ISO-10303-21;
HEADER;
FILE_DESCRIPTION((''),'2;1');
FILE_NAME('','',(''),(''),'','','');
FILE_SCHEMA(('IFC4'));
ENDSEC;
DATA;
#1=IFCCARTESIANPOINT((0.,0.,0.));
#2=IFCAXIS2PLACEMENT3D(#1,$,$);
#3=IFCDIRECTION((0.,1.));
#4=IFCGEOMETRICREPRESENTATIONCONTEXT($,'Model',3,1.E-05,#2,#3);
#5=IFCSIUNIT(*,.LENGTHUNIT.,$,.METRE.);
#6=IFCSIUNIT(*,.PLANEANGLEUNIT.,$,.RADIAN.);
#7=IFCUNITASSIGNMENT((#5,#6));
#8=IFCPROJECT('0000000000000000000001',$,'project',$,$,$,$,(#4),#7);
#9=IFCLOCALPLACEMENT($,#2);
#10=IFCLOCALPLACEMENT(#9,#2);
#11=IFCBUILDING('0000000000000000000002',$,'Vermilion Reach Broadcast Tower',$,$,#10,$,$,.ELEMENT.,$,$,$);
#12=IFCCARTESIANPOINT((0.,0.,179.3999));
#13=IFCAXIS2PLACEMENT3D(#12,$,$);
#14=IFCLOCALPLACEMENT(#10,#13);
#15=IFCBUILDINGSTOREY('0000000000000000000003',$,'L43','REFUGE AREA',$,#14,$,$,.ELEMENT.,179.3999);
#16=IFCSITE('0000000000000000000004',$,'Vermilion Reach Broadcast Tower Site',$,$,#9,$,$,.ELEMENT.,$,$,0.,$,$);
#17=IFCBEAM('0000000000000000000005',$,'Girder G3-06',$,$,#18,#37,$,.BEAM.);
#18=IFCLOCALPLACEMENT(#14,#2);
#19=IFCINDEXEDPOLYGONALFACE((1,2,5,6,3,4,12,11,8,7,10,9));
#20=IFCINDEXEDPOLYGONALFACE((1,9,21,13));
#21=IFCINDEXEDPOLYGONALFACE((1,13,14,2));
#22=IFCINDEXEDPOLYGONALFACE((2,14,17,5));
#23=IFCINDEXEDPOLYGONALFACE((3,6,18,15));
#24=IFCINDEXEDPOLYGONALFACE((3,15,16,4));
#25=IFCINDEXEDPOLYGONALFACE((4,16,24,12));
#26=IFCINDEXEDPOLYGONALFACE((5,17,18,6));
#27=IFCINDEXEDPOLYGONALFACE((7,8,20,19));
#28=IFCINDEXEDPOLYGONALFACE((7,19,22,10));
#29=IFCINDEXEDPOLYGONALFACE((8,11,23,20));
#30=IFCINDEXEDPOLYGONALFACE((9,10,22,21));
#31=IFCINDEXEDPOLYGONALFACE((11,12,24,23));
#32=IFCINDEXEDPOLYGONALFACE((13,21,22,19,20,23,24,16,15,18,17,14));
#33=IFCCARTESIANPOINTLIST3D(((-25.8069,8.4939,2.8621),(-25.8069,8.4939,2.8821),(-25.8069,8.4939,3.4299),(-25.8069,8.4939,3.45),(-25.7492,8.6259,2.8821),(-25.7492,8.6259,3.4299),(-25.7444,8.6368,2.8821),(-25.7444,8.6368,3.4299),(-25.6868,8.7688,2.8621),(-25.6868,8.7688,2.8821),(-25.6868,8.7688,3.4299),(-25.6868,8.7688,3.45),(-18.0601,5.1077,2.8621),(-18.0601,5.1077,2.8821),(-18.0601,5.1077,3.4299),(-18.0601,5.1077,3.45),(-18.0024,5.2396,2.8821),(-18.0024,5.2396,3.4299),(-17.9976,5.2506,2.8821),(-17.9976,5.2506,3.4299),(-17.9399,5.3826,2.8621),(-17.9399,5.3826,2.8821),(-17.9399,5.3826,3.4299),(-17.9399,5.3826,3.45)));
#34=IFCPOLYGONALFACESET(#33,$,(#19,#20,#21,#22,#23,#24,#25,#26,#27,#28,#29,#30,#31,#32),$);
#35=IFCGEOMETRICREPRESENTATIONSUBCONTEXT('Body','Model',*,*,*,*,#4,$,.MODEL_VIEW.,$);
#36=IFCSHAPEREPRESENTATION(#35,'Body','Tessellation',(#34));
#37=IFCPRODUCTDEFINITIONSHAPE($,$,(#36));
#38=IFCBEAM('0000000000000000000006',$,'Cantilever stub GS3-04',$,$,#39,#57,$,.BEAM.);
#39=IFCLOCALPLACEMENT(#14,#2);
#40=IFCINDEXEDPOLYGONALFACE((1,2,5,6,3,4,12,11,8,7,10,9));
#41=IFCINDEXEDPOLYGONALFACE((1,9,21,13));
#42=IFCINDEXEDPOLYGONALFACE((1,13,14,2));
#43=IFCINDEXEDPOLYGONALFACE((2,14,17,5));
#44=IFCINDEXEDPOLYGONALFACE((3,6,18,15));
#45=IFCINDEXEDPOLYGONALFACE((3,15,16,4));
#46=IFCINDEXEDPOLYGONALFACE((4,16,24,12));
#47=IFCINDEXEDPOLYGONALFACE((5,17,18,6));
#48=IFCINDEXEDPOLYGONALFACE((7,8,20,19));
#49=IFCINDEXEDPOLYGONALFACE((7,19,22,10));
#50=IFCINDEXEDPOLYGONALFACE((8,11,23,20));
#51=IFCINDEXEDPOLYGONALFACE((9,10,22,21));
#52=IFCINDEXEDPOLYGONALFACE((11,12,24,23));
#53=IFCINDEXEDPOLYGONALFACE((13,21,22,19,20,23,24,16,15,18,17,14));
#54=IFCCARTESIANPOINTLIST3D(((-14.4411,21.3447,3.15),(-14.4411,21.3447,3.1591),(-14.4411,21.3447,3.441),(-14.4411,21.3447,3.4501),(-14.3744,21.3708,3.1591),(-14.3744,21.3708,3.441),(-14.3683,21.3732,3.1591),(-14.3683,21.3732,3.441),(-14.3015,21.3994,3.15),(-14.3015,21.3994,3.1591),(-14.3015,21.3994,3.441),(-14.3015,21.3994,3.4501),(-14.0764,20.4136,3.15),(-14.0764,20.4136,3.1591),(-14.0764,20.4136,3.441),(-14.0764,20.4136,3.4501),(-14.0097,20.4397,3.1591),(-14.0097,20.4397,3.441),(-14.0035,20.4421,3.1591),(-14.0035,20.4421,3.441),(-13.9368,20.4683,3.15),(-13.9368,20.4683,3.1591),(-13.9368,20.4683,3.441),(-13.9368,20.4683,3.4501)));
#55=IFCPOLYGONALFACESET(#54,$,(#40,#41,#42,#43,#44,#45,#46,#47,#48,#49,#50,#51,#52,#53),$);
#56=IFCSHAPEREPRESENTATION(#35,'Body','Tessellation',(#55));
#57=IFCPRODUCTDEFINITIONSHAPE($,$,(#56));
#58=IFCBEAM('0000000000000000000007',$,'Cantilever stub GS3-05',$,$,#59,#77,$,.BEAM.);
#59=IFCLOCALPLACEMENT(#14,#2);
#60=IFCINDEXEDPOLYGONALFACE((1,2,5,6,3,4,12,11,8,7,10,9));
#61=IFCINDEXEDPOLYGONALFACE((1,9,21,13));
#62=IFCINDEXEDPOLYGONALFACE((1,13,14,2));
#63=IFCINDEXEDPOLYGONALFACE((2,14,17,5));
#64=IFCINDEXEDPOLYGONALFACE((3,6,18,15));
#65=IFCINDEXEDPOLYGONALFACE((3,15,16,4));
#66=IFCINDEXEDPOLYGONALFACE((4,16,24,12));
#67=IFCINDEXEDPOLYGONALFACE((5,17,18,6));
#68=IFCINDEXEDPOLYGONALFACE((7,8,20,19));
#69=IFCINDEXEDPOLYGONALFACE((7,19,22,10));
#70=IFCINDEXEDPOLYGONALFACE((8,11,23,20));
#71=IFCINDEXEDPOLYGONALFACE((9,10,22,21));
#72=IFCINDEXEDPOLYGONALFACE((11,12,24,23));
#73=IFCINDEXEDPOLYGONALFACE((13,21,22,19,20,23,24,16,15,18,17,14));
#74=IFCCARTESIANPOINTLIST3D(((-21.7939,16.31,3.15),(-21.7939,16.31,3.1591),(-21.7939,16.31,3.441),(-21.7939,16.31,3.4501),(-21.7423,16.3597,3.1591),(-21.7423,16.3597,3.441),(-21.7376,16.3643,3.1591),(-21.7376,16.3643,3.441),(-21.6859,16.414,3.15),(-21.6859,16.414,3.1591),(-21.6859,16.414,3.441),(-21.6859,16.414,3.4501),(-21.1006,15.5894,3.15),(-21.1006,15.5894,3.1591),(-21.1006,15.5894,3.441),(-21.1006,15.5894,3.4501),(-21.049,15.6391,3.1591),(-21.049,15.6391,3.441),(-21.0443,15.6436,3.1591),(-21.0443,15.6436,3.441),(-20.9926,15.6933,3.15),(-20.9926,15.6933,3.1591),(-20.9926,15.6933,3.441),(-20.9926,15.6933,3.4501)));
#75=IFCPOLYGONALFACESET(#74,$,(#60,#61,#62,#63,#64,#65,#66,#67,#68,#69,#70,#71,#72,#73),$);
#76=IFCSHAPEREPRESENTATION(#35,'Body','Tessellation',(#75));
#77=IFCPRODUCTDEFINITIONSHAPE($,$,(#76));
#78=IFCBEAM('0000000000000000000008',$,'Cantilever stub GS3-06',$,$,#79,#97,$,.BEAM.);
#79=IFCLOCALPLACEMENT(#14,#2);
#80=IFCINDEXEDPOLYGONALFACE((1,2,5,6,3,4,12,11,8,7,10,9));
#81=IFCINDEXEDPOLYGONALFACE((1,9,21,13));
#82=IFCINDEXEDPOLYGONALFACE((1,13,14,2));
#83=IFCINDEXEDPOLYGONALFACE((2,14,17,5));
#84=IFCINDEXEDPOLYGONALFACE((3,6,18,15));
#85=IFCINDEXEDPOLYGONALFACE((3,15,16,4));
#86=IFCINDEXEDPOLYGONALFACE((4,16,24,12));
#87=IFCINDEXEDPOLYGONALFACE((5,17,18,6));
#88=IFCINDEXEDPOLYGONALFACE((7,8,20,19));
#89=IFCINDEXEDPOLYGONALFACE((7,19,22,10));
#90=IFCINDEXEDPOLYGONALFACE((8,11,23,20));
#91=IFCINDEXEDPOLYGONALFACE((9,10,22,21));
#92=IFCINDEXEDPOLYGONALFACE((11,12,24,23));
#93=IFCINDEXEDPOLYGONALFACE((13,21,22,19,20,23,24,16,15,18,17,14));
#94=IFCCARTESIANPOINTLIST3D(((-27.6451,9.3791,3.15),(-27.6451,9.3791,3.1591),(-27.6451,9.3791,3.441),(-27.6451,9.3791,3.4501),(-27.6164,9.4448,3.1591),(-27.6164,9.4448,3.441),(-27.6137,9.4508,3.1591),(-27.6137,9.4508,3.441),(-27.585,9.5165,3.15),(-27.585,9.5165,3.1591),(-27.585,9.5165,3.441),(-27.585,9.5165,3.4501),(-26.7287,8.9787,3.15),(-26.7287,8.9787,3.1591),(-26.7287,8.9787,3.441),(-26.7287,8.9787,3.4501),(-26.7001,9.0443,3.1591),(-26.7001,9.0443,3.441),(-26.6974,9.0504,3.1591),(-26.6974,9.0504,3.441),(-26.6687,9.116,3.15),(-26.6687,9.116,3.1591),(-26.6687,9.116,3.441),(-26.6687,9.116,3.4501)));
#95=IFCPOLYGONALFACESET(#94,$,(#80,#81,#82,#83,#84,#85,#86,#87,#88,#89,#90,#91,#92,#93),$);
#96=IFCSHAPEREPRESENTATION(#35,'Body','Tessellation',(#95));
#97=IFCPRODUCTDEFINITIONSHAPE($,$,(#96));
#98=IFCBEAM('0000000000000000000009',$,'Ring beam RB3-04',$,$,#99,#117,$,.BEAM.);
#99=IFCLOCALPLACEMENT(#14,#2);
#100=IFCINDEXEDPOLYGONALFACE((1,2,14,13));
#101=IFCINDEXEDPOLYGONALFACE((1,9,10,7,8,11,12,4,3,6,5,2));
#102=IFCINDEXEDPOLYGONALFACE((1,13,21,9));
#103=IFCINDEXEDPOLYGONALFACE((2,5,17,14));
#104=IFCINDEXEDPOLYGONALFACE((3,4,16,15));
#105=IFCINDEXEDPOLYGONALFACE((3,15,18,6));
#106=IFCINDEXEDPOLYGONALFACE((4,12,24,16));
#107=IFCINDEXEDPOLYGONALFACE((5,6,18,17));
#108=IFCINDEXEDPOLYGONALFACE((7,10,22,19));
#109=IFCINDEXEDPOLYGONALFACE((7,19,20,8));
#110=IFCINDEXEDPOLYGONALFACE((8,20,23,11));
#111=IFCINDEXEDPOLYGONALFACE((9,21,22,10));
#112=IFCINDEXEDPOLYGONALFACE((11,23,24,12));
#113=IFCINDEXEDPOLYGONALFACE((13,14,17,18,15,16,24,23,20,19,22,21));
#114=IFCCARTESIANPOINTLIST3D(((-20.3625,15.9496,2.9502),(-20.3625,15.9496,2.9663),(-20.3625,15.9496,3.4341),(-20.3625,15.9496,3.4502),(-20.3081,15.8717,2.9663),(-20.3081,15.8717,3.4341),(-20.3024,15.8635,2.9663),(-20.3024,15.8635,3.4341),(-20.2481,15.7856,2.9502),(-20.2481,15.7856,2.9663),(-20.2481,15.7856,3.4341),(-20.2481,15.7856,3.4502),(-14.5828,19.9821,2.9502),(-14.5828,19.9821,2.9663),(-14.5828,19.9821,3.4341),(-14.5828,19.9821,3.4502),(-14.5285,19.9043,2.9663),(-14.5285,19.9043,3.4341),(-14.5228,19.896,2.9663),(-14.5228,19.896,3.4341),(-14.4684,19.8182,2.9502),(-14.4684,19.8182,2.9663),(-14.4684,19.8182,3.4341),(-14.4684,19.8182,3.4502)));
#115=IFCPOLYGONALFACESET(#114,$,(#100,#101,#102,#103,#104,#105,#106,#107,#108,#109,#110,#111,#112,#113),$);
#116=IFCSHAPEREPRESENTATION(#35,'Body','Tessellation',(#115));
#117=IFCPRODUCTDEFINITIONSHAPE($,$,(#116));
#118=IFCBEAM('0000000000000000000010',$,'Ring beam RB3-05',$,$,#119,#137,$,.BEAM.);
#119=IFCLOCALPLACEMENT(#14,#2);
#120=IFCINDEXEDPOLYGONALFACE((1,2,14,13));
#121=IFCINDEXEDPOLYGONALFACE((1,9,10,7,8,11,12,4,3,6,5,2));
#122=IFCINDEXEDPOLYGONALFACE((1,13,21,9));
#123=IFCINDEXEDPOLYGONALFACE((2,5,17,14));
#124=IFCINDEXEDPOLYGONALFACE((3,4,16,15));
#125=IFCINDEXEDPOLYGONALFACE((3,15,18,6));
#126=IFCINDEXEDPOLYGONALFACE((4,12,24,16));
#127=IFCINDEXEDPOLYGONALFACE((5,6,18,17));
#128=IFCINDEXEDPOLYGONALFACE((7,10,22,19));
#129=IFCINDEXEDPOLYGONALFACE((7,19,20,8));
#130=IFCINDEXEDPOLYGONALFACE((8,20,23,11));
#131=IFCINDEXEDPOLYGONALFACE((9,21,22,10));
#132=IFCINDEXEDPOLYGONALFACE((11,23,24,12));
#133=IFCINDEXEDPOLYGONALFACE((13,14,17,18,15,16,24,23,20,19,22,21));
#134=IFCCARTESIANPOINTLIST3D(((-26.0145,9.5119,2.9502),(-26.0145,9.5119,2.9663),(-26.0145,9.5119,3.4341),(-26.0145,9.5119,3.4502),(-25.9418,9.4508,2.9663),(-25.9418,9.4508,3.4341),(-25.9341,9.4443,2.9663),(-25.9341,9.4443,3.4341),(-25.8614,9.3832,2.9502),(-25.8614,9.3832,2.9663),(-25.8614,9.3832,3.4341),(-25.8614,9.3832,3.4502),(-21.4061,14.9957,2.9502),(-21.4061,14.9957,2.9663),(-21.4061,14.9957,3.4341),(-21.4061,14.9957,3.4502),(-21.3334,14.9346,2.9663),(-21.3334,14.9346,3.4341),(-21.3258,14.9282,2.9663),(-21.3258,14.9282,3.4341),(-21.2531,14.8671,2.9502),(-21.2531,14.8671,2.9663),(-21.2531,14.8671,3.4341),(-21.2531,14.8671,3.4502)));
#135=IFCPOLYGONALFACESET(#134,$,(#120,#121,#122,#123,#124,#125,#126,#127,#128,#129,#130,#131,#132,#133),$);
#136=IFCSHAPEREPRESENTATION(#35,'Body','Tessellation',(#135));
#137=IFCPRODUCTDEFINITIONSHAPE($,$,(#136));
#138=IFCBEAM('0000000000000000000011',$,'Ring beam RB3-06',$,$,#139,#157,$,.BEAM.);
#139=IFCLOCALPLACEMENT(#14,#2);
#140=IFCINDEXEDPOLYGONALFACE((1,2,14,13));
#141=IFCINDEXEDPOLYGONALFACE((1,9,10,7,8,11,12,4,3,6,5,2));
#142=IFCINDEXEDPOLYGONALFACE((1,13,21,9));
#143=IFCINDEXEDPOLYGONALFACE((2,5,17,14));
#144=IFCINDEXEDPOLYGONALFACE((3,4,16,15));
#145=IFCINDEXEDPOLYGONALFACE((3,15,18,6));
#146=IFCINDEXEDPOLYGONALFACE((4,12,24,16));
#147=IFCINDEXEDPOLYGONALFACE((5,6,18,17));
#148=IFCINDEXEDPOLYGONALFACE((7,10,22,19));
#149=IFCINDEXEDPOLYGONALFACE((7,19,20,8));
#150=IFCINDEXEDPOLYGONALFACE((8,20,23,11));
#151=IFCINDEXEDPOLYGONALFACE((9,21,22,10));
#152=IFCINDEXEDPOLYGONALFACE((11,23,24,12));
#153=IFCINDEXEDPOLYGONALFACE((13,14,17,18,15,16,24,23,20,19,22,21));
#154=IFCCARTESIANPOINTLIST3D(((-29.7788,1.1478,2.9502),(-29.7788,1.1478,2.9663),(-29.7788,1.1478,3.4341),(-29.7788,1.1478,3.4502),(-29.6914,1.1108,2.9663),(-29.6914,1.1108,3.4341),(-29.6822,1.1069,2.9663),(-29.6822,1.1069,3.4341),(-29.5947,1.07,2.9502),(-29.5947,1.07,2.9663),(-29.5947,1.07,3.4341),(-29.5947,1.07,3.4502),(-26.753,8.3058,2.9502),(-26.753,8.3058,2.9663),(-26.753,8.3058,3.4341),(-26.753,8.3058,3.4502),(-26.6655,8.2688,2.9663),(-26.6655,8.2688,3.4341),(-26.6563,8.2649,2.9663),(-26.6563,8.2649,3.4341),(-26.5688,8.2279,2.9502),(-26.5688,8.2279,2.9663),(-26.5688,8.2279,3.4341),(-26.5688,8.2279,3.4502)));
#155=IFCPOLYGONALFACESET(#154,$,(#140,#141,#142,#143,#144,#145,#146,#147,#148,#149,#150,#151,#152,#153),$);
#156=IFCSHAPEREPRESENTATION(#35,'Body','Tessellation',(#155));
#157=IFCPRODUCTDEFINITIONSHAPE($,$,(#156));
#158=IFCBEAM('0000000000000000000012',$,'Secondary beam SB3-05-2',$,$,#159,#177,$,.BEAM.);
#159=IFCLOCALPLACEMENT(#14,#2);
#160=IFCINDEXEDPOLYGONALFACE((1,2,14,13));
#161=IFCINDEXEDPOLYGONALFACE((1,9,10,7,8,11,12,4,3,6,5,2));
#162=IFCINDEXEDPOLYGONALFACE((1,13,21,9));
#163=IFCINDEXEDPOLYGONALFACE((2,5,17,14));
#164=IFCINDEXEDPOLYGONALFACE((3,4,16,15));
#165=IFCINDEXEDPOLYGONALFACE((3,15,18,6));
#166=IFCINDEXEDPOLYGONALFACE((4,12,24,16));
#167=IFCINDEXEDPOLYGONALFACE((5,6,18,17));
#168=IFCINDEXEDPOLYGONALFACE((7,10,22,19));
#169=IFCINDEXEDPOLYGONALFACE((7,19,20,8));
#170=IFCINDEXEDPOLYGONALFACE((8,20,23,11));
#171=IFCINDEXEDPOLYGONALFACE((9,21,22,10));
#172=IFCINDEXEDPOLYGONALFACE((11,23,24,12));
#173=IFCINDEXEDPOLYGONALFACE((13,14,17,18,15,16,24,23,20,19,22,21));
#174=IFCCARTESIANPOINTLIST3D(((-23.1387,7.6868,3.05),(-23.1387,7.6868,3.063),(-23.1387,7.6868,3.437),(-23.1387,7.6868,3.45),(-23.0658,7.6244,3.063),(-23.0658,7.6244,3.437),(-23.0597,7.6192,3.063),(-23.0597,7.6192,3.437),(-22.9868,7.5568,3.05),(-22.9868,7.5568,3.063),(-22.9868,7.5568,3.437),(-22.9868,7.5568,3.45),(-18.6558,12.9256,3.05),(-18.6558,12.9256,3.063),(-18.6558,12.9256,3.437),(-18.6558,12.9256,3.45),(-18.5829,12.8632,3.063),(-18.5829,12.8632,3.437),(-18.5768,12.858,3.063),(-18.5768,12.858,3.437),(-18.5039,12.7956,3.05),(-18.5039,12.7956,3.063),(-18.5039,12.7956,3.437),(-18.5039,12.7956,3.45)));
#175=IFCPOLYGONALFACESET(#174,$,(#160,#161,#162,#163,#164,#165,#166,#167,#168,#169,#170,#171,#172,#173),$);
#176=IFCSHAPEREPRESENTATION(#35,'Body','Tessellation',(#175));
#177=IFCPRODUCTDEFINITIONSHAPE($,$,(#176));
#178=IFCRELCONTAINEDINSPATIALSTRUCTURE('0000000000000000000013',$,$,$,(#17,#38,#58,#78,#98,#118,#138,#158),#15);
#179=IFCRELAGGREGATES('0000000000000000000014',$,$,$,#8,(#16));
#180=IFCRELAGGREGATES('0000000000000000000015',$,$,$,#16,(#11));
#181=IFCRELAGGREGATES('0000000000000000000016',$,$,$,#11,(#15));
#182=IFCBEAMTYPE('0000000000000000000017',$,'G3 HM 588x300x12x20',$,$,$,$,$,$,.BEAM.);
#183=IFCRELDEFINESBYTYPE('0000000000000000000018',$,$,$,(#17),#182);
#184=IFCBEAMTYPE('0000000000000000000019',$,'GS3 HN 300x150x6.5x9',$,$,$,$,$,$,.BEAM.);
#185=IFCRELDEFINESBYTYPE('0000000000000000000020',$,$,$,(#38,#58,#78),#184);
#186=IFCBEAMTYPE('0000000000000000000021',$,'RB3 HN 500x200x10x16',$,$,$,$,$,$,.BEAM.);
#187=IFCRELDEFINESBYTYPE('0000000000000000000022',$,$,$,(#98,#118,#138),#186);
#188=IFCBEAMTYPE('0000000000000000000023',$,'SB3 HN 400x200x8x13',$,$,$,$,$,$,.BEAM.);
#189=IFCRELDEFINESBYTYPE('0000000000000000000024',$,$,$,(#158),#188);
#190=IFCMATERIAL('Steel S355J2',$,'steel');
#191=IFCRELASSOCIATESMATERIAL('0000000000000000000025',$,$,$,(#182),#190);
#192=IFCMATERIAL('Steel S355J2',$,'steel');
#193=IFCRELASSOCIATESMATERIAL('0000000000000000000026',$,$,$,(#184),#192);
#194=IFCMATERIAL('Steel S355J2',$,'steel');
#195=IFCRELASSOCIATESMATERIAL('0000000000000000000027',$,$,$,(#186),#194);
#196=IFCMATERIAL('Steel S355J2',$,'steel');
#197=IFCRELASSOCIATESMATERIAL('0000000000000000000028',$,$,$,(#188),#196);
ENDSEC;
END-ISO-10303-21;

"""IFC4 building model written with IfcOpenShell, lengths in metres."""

from ifc_helpers import new_model, si_unit, direction, frame, origin, origin_2d, place, context, subcontext, project, spatial, i_section, extrude, material, material_profile, profile_set, type_object, element, save


model = new_model("IFC4")

# Units and contexts
model_context = context("Model", 3, precision=1e-05, world=origin(), true_north=direction((0.0, 1.0)))
body_context = subcontext(model_context, "Body", "Model", "MODEL_VIEW")
ifc_project = project(units=[si_unit("LENGTHUNIT", "METRE"), si_unit("PLANEANGLEUNIT", "RADIAN")], contexts=[model_context])

# Site, building, storey
site_placement = place(None, origin())
site = spatial("IfcSite", under=ifc_project, at=site_placement, Name="Vermilion Reach Broadcast Tower Site", CompositionType="ELEMENT", RefElevation=0.0)
building_placement = place(site_placement, origin())
building = spatial("IfcBuilding", under=site, at=building_placement, Name="Vermilion Reach Broadcast Tower", CompositionType="ELEMENT")
storey_placement = place(building_placement, frame((0.0, 0.0, 179.3999)))
storey = spatial("IfcBuildingStorey", under=building, at=storey_placement, Name="L43", Description="REFUGE AREA", CompositionType="ELEMENT", Elevation=179.3999)

# Beams
ifc_material_1 = material(Name="Steel S355J2", Category="steel")
ifc_material_profile_1 = material_profile(ifc_material_1, i_section(OverallWidth=0.3, OverallDepth=0.5879, WebThickness=0.012, FlangeThickness=0.02, at=origin_2d()), Name="S355J2 HM 588x300x12x20")
ifc_profile_set_1 = profile_set([ifc_material_profile_1], Name="Steel S355J2")
beam_type_1 = type_object("IfcBeamType", Name="G3 HM 588x300x12x20", PredefinedType="BEAM", material=ifc_profile_set_1)
beam_1_placement = place(storey_placement, frame((-18.0, 5.2451, 3.156), z_axis=(-0.916288, 0.40052, 0.0), x_axis=(-0.40052, -0.916288, 0.0)))
element("IfcBeam", 1, at=beam_1_placement, inside=storey, type_object=beam_type_1, Name="Girder G3-06", PredefinedType="BEAM", context=body_context, shape_type="SweptSolid", body=[
    extrude(i_section(OverallWidth=0.3, OverallDepth=0.5879, WebThickness=0.012, FlangeThickness=0.02, at=origin_2d()), origin(), (0.0, 0.0, 1.0), 8.4546),
])
ifc_material_2 = material(Name="Steel S355J2", Category="steel")
ifc_material_profile_2 = material_profile(ifc_material_2, i_section(OverallWidth=0.1499, OverallDepth=0.3, WebThickness=0.0066, FlangeThickness=0.009, at=origin_2d()), Name="S355J2 HN 300x150x6.5x9")
ifc_profile_set_2 = profile_set([ifc_material_profile_2], Name="Steel S355J2")
beam_type_2 = type_object("IfcBeamType", Name="GS3 HN 300x150x6.5x9", PredefinedType="BEAM", material=ifc_profile_set_2)
for number, where, z_axis, x_axis, name in (
    (2, (-14.0066, 20.4409, 3.3), (-0.364731, 0.931113, 0.0), (-0.931113, -0.364731, 0.0), "Cantilever stub GS3-04"),
    (3, (-21.0466, 15.6414, 3.3), (-0.693304, 0.720645, 0.0), (-0.720645, -0.693304, 0.0), "Cantilever stub GS3-05"),
    (4, (-26.6987, 9.0474, 3.3), (-0.916331, 0.400422, 0.0), (-0.400422, -0.916331, 0.0), "Cantilever stub GS3-06"),
):
    element("IfcBeam", number, at=place(storey_placement, frame(where, z_axis=z_axis, x_axis=x_axis)), inside=storey, type_object=beam_type_2, Name=name, PredefinedType="BEAM", context=body_context, shape_type="SweptSolid", body=[
        extrude(i_section(OverallWidth=0.1499, OverallDepth=0.3, WebThickness=0.0066, FlangeThickness=0.009, at=origin_2d()), origin(), (0.0, 0.0, 1.0), 1.0),
    ])
ifc_material_3 = material(Name="Steel S355J2", Category="steel")
ifc_material_profile_3 = material_profile(ifc_material_3, i_section(OverallWidth=0.2, OverallDepth=0.5, WebThickness=0.01, FlangeThickness=0.0161, at=origin_2d()), Name="S355J2 HN 500x200x10x16")
ifc_profile_set_3 = profile_set([ifc_material_profile_3], Name="Steel S355J2")
beam_type_3 = type_object("IfcBeamType", Name="RB3 HN 500x200x10x16", PredefinedType="BEAM", material=ifc_profile_set_3)
beam_2_placement = place(storey_placement, frame((-14.5256, 19.9001, 3.2002), z_axis=(-0.820111, -0.572204, 0.0), x_axis=(0.572204, -0.820111, 0.0)))
element("IfcBeam", 5, at=beam_2_placement, inside=storey, type_object=beam_type_3, Name="Ring beam RB3-04", PredefinedType="BEAM", context=body_context, shape_type="SweptSolid", body=[
    extrude(i_section(OverallWidth=0.2, OverallDepth=0.5, WebThickness=0.01, FlangeThickness=0.0161, at=origin_2d()), origin(), (0.0, 0.0, 1.0), 7.0474),
])
beam_3_placement = place(storey_placement, frame((-21.3296, 14.9314, 3.2002), z_axis=(-0.64335, -0.765572, 0.0), x_axis=(0.765572, -0.64335, 0.0)))
element("IfcBeam", 6, at=beam_3_placement, inside=storey, type_object=beam_type_3, Name="Ring beam RB3-05", PredefinedType="BEAM", context=body_context, shape_type="SweptSolid", body=[
    extrude(i_section(OverallWidth=0.2, OverallDepth=0.5, WebThickness=0.01, FlangeThickness=0.0161, at=origin_2d()), origin(), (0.0, 0.0, 1.0), 7.1631),
])
beam_4_placement = place(storey_placement, frame((-26.6609, 8.2668, 3.2002), z_axis=(-0.389368, -0.921082, 0.0), x_axis=(0.921082, -0.389368, 0.0)))
element("IfcBeam", 7, at=beam_4_placement, inside=storey, type_object=beam_type_3, Name="Ring beam RB3-06", PredefinedType="BEAM", context=body_context, shape_type="SweptSolid", body=[
    extrude(i_section(OverallWidth=0.2, OverallDepth=0.5, WebThickness=0.01, FlangeThickness=0.0161, at=origin_2d()), origin(), (0.0, 0.0, 1.0), 7.7712),
])
ifc_material_4 = material(Name="Steel S355J2", Category="steel")
ifc_material_profile_4 = material_profile(ifc_material_4, i_section(OverallWidth=0.2, OverallDepth=0.3999, WebThickness=0.0081, FlangeThickness=0.0129, at=origin_2d()), Name="S355J2 HN 400x200x8x13")
ifc_profile_set_4 = profile_set([ifc_material_profile_4], Name="Steel S355J2")
beam_type_4 = type_object("IfcBeamType", Name="SB3 HN 400x200x8x13", PredefinedType="BEAM", material=ifc_profile_set_4)
beam_5_placement = place(storey_placement, frame((-18.5798, 12.8606, 3.25), z_axis=(-0.650167, -0.759791, 0.0), x_axis=(0.759791, -0.650167, 0.0)))
element("IfcBeam", 8, at=beam_5_placement, inside=storey, type_object=beam_type_4, Name="Secondary beam SB3-05-2", PredefinedType="BEAM", context=body_context, shape_type="SweptSolid", body=[
    extrude(i_section(OverallWidth=0.2, OverallDepth=0.3999, WebThickness=0.0081, FlangeThickness=0.0129, at=origin_2d()), origin(), (0.0, 0.0, 1.0), 6.895),
])

save(model, "model.ifc")
